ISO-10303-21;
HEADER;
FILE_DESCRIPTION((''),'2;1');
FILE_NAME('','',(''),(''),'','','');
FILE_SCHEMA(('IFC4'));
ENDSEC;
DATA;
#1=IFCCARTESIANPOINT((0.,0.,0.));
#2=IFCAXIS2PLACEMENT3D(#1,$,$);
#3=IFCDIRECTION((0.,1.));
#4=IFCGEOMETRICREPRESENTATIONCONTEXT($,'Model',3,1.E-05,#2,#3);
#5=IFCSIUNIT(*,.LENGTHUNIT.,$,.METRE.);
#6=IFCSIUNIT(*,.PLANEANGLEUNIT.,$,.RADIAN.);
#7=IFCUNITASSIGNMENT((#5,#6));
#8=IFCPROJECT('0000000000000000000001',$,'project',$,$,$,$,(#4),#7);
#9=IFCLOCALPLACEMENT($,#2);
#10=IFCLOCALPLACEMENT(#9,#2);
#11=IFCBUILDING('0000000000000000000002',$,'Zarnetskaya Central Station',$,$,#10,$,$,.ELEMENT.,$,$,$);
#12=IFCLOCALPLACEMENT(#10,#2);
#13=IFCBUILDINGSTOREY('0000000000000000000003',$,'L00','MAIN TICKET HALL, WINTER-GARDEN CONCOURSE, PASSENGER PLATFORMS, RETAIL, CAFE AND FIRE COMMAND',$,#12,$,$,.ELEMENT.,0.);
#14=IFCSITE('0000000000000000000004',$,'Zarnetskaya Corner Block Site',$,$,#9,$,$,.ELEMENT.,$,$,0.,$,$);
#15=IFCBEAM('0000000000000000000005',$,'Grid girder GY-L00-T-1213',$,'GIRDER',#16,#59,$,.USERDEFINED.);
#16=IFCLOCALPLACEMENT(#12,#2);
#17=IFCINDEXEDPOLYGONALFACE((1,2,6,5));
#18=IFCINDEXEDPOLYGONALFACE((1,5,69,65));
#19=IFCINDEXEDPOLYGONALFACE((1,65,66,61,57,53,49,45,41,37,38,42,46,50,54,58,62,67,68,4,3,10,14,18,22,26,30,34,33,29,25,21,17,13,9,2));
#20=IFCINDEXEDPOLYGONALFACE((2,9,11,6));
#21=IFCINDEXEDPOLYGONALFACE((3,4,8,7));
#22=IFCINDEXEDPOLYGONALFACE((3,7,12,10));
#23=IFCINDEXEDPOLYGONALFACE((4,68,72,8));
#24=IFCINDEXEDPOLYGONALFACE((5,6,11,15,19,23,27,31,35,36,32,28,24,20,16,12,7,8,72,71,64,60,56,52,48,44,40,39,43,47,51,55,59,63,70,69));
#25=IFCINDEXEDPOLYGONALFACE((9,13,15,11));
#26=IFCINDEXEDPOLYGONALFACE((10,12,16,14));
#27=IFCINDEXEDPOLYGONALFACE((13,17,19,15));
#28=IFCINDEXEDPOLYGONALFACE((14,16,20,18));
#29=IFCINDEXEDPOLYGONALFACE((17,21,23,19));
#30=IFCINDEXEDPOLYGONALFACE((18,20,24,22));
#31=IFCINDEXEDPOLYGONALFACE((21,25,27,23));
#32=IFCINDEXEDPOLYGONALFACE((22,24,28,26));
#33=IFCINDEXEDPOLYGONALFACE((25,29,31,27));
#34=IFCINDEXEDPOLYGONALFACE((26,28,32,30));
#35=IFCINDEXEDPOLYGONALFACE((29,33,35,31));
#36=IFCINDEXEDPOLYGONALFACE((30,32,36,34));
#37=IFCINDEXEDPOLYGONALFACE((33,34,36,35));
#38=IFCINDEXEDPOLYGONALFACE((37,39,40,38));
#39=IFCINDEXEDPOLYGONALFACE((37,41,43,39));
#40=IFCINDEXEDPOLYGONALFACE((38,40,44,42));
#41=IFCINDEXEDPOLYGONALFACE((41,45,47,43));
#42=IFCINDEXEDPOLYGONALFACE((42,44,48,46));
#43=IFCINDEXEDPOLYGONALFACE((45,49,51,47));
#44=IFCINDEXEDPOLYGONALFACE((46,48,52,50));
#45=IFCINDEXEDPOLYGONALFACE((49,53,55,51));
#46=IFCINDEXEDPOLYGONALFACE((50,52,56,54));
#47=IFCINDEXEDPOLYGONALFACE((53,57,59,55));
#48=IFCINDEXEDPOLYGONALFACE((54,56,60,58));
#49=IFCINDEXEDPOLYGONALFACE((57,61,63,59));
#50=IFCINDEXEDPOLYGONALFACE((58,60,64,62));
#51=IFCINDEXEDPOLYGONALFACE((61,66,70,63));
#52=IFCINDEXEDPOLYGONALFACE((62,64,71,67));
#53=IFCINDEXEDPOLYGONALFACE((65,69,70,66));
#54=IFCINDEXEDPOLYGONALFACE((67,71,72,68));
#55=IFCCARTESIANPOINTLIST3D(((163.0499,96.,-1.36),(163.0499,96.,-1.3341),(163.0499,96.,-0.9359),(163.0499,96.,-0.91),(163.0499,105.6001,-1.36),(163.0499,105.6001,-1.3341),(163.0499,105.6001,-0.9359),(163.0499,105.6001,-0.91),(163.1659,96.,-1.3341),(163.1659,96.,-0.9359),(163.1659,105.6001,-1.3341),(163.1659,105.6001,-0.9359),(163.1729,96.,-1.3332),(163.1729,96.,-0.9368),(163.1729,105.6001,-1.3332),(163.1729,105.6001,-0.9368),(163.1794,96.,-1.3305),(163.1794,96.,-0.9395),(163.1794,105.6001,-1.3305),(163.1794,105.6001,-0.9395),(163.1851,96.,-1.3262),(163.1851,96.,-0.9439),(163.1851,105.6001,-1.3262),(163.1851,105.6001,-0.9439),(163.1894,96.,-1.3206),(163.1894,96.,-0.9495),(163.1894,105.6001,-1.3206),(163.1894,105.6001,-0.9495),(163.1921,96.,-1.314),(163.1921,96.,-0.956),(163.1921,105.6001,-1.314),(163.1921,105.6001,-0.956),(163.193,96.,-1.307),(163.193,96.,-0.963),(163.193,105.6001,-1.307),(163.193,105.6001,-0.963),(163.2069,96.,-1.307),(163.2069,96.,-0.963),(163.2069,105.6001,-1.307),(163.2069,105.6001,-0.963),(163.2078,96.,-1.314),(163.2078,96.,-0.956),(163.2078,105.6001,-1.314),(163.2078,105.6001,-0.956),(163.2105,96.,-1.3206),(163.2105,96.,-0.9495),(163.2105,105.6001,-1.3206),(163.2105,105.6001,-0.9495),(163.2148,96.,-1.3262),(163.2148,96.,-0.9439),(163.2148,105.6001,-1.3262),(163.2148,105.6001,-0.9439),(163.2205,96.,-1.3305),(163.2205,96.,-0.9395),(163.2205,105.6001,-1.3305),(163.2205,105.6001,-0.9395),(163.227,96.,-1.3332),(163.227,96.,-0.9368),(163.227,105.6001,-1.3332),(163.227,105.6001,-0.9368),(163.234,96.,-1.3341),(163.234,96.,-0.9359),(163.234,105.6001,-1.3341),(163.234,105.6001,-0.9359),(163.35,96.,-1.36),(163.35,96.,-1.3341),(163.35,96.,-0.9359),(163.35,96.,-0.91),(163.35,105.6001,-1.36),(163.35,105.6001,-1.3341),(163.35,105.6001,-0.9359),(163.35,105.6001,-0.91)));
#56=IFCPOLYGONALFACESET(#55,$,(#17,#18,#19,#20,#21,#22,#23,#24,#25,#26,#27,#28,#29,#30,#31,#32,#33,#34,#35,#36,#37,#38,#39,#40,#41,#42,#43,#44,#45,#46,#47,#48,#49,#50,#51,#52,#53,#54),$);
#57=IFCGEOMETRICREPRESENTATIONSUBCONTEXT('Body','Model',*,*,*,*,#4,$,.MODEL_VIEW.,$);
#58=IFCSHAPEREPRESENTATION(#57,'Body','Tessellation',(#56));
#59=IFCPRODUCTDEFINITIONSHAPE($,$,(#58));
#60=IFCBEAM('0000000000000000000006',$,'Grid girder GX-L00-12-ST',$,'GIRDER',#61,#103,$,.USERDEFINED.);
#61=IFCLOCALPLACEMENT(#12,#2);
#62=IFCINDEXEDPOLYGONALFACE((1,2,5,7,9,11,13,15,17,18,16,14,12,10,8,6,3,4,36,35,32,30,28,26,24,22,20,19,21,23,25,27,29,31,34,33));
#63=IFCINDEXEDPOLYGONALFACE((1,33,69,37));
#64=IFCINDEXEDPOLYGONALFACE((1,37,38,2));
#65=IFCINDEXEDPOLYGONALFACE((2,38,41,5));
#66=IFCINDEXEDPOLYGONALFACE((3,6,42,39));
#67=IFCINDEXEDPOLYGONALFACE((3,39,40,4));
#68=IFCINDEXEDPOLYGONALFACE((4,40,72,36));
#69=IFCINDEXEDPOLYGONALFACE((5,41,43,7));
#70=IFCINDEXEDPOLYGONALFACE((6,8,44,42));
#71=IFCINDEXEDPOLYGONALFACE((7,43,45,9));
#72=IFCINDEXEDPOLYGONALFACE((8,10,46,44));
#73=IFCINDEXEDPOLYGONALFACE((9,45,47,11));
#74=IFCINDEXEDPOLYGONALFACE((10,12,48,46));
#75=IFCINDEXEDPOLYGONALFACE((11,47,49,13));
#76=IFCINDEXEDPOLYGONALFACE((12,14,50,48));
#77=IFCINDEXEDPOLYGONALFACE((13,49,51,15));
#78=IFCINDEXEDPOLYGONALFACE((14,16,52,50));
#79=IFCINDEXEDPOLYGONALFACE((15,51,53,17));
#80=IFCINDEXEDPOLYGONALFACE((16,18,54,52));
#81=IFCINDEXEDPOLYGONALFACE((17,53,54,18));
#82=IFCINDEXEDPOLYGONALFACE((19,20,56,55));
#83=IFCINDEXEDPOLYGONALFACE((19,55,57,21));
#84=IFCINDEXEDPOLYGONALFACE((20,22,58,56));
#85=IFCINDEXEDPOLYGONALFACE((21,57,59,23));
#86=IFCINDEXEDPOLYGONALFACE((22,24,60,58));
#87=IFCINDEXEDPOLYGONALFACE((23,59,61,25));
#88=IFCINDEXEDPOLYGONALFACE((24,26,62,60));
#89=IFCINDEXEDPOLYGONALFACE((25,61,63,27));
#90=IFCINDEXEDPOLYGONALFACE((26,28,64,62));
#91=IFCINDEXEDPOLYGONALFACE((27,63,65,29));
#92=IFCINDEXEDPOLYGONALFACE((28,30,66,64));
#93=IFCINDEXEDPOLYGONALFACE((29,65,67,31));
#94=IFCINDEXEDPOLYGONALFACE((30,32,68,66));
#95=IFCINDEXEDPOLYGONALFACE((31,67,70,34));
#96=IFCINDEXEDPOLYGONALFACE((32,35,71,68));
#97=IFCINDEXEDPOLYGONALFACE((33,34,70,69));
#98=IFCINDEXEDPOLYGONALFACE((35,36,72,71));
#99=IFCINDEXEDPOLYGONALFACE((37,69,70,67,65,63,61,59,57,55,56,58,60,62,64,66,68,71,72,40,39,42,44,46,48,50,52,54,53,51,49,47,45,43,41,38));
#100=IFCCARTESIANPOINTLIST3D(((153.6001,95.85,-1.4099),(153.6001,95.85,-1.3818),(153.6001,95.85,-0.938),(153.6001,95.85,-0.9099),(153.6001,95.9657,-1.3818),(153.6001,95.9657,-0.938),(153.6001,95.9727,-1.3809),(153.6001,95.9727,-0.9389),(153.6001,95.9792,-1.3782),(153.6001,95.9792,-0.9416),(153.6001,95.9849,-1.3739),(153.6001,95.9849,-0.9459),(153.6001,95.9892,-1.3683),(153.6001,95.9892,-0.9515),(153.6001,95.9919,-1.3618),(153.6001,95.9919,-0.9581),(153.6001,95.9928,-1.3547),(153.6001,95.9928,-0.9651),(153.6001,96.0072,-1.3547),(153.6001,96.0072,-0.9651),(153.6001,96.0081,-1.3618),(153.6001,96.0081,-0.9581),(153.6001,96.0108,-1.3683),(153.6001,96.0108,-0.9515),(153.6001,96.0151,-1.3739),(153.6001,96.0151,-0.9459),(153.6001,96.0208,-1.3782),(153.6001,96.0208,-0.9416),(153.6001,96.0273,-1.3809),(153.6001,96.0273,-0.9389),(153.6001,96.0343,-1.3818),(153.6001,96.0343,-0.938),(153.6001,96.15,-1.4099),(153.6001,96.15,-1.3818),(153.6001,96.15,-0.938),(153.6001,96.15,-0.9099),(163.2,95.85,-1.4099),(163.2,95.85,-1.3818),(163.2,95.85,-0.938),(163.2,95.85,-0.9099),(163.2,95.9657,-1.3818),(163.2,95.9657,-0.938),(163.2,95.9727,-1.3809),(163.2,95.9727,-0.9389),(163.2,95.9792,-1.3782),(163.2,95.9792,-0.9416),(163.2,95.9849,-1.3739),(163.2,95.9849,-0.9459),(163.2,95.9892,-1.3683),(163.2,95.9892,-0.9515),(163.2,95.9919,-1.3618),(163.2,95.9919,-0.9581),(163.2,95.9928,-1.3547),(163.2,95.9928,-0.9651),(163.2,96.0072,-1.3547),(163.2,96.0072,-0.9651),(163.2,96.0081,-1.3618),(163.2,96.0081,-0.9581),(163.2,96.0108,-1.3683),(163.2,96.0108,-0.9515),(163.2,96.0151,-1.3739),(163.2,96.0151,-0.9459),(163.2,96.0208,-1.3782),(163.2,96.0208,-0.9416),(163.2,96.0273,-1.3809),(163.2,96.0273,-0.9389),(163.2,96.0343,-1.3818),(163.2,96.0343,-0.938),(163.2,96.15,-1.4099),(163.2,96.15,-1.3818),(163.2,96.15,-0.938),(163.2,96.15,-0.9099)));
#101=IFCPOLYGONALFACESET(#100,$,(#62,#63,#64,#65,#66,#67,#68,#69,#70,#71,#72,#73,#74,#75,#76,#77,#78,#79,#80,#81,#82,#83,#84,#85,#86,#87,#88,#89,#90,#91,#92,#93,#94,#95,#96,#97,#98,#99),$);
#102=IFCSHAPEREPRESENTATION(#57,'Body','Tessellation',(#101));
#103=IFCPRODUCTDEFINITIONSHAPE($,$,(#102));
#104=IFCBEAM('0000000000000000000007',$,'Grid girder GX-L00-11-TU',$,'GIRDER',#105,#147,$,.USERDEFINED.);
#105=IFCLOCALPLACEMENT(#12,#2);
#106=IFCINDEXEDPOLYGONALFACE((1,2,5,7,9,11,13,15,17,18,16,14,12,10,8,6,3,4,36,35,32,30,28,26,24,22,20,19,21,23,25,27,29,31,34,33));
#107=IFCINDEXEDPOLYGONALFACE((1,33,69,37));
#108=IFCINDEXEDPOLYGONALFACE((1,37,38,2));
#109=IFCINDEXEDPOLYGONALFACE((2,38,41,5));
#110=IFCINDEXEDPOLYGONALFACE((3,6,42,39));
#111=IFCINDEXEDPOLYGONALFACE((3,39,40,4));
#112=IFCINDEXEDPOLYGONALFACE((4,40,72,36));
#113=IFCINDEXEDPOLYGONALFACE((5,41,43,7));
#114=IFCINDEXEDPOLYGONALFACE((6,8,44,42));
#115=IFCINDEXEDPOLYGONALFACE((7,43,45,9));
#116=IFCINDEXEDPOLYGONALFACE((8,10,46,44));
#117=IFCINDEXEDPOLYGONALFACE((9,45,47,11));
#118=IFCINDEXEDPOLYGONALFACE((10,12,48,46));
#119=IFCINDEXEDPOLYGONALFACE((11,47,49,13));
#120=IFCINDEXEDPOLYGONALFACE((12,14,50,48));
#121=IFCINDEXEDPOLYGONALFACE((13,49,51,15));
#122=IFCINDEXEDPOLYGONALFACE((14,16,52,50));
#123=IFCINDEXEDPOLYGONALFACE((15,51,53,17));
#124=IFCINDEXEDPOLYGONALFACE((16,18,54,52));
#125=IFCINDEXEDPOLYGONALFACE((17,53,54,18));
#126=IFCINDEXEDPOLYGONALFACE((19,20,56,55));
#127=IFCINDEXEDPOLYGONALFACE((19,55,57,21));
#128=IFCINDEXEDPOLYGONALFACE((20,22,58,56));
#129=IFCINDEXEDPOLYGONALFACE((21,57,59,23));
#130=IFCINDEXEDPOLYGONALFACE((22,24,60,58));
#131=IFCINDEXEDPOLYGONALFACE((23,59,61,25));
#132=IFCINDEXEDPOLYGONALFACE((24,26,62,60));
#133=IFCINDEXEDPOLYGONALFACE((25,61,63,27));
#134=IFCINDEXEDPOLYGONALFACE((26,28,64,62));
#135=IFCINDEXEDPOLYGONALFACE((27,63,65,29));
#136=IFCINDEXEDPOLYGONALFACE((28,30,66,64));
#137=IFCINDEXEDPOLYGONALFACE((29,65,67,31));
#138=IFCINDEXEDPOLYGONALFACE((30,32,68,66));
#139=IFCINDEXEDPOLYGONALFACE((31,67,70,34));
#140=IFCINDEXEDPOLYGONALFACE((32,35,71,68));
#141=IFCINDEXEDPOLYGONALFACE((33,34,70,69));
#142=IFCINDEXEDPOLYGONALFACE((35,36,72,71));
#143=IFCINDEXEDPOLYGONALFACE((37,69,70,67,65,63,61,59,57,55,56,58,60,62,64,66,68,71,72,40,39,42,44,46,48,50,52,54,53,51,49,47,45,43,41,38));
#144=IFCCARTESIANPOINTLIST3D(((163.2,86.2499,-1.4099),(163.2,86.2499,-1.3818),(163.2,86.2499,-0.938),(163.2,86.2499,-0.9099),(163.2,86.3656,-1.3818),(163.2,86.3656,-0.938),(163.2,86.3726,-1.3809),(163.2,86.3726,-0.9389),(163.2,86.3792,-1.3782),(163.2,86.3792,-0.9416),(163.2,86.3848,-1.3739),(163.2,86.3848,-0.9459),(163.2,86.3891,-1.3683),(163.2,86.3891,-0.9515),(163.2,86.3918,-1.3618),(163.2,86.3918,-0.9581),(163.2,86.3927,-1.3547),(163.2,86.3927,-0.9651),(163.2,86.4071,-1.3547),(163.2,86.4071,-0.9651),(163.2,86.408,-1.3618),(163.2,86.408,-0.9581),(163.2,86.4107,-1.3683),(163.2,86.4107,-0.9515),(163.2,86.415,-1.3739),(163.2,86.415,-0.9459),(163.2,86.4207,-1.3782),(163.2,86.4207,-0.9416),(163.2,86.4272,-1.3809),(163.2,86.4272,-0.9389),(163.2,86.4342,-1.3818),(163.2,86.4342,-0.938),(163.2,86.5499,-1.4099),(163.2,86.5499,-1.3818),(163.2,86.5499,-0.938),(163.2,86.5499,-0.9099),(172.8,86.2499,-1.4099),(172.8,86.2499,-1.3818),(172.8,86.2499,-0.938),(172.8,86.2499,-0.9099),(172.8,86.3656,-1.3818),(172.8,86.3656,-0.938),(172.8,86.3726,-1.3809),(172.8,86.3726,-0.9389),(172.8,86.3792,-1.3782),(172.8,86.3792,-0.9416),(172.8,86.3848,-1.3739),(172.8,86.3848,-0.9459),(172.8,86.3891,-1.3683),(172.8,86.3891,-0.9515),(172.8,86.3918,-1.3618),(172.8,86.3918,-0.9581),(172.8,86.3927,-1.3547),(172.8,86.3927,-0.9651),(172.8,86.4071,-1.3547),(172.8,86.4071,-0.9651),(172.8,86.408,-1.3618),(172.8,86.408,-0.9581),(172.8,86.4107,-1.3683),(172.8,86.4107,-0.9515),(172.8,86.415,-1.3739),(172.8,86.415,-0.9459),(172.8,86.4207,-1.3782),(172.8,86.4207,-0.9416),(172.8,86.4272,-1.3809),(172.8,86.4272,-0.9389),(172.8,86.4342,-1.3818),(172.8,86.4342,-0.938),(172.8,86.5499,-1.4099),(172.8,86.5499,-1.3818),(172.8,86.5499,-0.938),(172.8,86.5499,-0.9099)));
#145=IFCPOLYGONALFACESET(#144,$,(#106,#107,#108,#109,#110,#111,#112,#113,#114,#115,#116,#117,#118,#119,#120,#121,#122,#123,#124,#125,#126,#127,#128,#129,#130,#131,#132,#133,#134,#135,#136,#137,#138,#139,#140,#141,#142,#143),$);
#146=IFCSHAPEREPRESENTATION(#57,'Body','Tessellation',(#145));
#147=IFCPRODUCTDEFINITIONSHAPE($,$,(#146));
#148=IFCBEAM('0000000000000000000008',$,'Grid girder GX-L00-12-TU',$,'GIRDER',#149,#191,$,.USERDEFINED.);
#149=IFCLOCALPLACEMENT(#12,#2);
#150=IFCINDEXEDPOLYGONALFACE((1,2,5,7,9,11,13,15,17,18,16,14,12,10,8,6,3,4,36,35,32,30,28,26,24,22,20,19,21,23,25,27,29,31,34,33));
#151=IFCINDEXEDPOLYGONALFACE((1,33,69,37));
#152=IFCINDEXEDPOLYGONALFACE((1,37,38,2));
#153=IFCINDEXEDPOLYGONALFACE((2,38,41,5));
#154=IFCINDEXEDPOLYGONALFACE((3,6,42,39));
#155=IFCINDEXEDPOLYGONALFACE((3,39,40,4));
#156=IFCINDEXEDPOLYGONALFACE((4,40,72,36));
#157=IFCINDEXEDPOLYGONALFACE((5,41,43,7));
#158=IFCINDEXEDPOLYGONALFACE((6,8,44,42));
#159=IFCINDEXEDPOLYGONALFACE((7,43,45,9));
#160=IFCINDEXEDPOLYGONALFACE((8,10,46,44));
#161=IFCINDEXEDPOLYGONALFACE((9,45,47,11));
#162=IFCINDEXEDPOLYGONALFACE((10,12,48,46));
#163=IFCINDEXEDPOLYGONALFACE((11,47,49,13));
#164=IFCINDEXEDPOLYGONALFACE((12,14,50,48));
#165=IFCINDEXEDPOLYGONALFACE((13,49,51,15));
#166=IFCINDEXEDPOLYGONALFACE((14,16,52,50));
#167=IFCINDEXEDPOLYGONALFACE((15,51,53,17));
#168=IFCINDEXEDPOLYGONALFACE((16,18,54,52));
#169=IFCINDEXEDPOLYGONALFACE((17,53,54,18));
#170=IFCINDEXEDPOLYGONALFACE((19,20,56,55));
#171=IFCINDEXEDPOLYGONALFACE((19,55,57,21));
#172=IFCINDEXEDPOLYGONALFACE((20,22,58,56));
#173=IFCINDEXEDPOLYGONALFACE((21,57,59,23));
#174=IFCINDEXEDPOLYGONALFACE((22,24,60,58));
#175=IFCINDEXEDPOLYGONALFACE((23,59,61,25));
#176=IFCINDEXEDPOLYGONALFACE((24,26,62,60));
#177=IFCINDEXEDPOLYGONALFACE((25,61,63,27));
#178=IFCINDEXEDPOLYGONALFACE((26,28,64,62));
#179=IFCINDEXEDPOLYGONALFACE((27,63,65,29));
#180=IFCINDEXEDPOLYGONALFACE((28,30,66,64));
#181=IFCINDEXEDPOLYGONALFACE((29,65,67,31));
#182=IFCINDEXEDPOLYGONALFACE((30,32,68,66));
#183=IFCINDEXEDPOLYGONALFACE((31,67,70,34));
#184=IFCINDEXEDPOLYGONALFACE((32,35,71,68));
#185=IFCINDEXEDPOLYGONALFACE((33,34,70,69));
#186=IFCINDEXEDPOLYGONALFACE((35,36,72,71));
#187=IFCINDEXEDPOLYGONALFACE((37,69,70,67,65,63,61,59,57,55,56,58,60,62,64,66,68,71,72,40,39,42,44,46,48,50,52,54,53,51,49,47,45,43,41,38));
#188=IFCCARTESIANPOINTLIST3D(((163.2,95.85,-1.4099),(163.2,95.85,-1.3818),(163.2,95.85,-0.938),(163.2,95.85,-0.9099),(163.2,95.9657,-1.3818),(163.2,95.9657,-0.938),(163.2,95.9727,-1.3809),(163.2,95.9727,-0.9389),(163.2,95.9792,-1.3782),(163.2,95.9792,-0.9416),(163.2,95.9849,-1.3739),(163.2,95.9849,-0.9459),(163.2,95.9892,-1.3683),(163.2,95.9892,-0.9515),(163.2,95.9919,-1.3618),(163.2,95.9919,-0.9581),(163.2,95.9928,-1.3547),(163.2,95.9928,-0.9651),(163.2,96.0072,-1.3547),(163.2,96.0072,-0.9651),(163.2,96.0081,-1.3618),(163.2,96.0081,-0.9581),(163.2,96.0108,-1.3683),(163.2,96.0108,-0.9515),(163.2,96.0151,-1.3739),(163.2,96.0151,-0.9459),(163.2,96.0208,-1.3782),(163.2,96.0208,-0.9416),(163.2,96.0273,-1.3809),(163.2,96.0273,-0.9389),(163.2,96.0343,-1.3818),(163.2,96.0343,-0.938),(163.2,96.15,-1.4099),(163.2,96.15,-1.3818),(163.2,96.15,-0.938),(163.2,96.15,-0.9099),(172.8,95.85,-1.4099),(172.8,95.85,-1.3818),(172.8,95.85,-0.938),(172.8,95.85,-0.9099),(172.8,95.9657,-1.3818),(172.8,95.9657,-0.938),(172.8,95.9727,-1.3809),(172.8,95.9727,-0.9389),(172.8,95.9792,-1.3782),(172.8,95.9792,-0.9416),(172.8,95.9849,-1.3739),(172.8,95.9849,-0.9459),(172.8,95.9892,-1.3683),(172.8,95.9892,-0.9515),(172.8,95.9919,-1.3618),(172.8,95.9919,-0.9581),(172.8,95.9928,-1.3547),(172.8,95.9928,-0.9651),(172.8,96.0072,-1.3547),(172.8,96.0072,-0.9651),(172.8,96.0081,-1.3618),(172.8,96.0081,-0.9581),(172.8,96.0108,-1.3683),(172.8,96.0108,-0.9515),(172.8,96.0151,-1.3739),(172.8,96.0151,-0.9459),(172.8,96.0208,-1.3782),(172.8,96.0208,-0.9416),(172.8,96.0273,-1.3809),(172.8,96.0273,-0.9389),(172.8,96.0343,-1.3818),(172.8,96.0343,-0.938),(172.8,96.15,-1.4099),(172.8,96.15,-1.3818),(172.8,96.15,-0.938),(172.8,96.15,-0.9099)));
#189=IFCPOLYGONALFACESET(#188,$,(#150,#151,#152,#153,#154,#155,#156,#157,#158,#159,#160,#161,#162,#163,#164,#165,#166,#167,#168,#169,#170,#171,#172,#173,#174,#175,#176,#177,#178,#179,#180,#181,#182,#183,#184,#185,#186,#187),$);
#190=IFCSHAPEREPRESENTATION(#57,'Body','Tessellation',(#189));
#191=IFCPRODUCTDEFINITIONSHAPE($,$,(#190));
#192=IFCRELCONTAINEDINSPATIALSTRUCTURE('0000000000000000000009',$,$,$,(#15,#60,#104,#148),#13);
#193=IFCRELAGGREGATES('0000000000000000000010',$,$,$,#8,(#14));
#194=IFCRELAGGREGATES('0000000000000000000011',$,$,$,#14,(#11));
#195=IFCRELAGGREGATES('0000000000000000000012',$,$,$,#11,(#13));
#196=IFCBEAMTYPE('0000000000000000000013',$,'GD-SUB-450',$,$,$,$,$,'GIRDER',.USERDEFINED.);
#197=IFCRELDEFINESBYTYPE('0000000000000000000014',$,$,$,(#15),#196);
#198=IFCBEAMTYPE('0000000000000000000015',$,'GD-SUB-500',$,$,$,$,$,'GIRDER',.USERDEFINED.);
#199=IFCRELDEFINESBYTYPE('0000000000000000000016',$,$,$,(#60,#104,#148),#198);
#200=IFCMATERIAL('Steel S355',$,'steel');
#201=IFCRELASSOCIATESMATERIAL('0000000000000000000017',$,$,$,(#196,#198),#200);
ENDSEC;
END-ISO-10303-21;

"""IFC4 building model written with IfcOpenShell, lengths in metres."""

from ifc_helpers import new_model, si_unit, direction, frame, origin, origin_2d, place, context, subcontext, project, spatial, i_section, extrude, material, material_profile, profile_set, type_object, element, save


model = new_model("IFC4")

# Units and contexts
model_context = context("Model", 3, precision=1e-05, world=origin(), true_north=direction((0.0, 1.0)))
body_context = subcontext(model_context, "Body", "Model", "MODEL_VIEW")
ifc_project = project(units=[si_unit("LENGTHUNIT", "METRE"), si_unit("PLANEANGLEUNIT", "RADIAN")], contexts=[model_context])

# Site, building, storey
site_placement = place(None, origin())
site = spatial("IfcSite", under=ifc_project, at=site_placement, Name="Zarnetskaya Corner Block Site", CompositionType="ELEMENT", RefElevation=0.0)
building_placement = place(site_placement, origin())
building = spatial("IfcBuilding", under=site, at=building_placement, Name="Zarnetskaya Central Station", CompositionType="ELEMENT")
storey_placement = place(building_placement, origin())
storey = spatial("IfcBuildingStorey", under=building, at=storey_placement, Name="L00", Description="MAIN TICKET HALL, WINTER-GARDEN CONCOURSE, PASSENGER PLATFORMS, RETAIL, CAFE AND FIRE COMMAND", CompositionType="ELEMENT", Elevation=0.0)

# Shared definitions
ifc_material = material(Name="Steel S355", Category="steel")

# Beams
ifc_material_profile_1 = material_profile(ifc_material, i_section(OverallWidth=0.3, OverallDepth=0.45, WebThickness=0.0139, FlangeThickness=0.0259, FilletRadius=0.0271, at=origin_2d()), Name="HEB 450")
ifc_profile_set_1 = profile_set([ifc_material_profile_1], Name="Steel S355")
beam_type_1 = type_object("IfcBeamType", Name="GD-SUB-450", ElementType="GIRDER", PredefinedType="USERDEFINED", material=ifc_profile_set_1)
for number, where, z_axis, x_axis, name in (
    (1, (163.2, 96.0, -1.135), (0.0, 1.0, 0.0), (-1.0, 0.0, 0.0), "Grid girder GY-L00-T-1213"),
):
    element("IfcBeam", number, at=place(storey_placement, frame(where, z_axis=z_axis, x_axis=x_axis)), inside=storey, type_object=beam_type_1, Name=name, ObjectType="GIRDER", PredefinedType="USERDEFINED", context=body_context, shape_type="SweptSolid", body=[
        extrude(i_section(OverallWidth=0.3, OverallDepth=0.45, WebThickness=0.0139, FlangeThickness=0.0259, FilletRadius=0.0271, at=origin_2d()), origin(), (0.0, 0.0, 1.0), 9.6001),
    ])
ifc_material_profile_2 = material_profile(ifc_material, i_section(OverallWidth=0.3, OverallDepth=0.5, WebThickness=0.0144, FlangeThickness=0.0281, FilletRadius=0.0271, at=origin_2d()), Name="HEB 500")
ifc_profile_set_2 = profile_set([ifc_material_profile_2], Name="Steel S355")
beam_type_2 = type_object("IfcBeamType", Name="GD-SUB-500", ElementType="GIRDER", PredefinedType="USERDEFINED", material=ifc_profile_set_2)
beam_1_placement = place(storey_placement, frame((153.6001, 96.0, -1.1599), z_axis=(1.0, 0.0, 0.0), x_axis=(0.0, 1.0, 0.0)))
element("IfcBeam", 2, at=beam_1_placement, inside=storey, type_object=beam_type_2, Name="Grid girder GX-L00-12-ST", ObjectType="GIRDER", PredefinedType="USERDEFINED", context=body_context, shape_type="SweptSolid", body=[
    extrude(i_section(OverallWidth=0.3, OverallDepth=0.5, WebThickness=0.0144, FlangeThickness=0.0281, FilletRadius=0.0271, at=origin_2d()), origin(), (0.0, 0.0, 1.0), 9.5999),
])
for number, where, z_axis, x_axis, name in (
    (3, (163.2, 86.3999, -1.1599), (1.0, 0.0, 0.0), (0.0, 1.0, 0.0), "Grid girder GX-L00-11-TU"),
    (4, (163.2, 96.0, -1.1599), (1.0, 0.0, 0.0), (0.0, 1.0, 0.0), "Grid girder GX-L00-12-TU"),
):
    element("IfcBeam", number, at=place(storey_placement, frame(where, z_axis=z_axis, x_axis=x_axis)), inside=storey, type_object=beam_type_2, Name=name, ObjectType="GIRDER", PredefinedType="USERDEFINED", context=body_context, shape_type="SweptSolid", body=[
        extrude(i_section(OverallWidth=0.3, OverallDepth=0.5, WebThickness=0.0144, FlangeThickness=0.0281, FilletRadius=0.0271, at=origin_2d()), origin(), (0.0, 0.0, 1.0), 9.6001),
    ])

save(model, "model.ifc")
